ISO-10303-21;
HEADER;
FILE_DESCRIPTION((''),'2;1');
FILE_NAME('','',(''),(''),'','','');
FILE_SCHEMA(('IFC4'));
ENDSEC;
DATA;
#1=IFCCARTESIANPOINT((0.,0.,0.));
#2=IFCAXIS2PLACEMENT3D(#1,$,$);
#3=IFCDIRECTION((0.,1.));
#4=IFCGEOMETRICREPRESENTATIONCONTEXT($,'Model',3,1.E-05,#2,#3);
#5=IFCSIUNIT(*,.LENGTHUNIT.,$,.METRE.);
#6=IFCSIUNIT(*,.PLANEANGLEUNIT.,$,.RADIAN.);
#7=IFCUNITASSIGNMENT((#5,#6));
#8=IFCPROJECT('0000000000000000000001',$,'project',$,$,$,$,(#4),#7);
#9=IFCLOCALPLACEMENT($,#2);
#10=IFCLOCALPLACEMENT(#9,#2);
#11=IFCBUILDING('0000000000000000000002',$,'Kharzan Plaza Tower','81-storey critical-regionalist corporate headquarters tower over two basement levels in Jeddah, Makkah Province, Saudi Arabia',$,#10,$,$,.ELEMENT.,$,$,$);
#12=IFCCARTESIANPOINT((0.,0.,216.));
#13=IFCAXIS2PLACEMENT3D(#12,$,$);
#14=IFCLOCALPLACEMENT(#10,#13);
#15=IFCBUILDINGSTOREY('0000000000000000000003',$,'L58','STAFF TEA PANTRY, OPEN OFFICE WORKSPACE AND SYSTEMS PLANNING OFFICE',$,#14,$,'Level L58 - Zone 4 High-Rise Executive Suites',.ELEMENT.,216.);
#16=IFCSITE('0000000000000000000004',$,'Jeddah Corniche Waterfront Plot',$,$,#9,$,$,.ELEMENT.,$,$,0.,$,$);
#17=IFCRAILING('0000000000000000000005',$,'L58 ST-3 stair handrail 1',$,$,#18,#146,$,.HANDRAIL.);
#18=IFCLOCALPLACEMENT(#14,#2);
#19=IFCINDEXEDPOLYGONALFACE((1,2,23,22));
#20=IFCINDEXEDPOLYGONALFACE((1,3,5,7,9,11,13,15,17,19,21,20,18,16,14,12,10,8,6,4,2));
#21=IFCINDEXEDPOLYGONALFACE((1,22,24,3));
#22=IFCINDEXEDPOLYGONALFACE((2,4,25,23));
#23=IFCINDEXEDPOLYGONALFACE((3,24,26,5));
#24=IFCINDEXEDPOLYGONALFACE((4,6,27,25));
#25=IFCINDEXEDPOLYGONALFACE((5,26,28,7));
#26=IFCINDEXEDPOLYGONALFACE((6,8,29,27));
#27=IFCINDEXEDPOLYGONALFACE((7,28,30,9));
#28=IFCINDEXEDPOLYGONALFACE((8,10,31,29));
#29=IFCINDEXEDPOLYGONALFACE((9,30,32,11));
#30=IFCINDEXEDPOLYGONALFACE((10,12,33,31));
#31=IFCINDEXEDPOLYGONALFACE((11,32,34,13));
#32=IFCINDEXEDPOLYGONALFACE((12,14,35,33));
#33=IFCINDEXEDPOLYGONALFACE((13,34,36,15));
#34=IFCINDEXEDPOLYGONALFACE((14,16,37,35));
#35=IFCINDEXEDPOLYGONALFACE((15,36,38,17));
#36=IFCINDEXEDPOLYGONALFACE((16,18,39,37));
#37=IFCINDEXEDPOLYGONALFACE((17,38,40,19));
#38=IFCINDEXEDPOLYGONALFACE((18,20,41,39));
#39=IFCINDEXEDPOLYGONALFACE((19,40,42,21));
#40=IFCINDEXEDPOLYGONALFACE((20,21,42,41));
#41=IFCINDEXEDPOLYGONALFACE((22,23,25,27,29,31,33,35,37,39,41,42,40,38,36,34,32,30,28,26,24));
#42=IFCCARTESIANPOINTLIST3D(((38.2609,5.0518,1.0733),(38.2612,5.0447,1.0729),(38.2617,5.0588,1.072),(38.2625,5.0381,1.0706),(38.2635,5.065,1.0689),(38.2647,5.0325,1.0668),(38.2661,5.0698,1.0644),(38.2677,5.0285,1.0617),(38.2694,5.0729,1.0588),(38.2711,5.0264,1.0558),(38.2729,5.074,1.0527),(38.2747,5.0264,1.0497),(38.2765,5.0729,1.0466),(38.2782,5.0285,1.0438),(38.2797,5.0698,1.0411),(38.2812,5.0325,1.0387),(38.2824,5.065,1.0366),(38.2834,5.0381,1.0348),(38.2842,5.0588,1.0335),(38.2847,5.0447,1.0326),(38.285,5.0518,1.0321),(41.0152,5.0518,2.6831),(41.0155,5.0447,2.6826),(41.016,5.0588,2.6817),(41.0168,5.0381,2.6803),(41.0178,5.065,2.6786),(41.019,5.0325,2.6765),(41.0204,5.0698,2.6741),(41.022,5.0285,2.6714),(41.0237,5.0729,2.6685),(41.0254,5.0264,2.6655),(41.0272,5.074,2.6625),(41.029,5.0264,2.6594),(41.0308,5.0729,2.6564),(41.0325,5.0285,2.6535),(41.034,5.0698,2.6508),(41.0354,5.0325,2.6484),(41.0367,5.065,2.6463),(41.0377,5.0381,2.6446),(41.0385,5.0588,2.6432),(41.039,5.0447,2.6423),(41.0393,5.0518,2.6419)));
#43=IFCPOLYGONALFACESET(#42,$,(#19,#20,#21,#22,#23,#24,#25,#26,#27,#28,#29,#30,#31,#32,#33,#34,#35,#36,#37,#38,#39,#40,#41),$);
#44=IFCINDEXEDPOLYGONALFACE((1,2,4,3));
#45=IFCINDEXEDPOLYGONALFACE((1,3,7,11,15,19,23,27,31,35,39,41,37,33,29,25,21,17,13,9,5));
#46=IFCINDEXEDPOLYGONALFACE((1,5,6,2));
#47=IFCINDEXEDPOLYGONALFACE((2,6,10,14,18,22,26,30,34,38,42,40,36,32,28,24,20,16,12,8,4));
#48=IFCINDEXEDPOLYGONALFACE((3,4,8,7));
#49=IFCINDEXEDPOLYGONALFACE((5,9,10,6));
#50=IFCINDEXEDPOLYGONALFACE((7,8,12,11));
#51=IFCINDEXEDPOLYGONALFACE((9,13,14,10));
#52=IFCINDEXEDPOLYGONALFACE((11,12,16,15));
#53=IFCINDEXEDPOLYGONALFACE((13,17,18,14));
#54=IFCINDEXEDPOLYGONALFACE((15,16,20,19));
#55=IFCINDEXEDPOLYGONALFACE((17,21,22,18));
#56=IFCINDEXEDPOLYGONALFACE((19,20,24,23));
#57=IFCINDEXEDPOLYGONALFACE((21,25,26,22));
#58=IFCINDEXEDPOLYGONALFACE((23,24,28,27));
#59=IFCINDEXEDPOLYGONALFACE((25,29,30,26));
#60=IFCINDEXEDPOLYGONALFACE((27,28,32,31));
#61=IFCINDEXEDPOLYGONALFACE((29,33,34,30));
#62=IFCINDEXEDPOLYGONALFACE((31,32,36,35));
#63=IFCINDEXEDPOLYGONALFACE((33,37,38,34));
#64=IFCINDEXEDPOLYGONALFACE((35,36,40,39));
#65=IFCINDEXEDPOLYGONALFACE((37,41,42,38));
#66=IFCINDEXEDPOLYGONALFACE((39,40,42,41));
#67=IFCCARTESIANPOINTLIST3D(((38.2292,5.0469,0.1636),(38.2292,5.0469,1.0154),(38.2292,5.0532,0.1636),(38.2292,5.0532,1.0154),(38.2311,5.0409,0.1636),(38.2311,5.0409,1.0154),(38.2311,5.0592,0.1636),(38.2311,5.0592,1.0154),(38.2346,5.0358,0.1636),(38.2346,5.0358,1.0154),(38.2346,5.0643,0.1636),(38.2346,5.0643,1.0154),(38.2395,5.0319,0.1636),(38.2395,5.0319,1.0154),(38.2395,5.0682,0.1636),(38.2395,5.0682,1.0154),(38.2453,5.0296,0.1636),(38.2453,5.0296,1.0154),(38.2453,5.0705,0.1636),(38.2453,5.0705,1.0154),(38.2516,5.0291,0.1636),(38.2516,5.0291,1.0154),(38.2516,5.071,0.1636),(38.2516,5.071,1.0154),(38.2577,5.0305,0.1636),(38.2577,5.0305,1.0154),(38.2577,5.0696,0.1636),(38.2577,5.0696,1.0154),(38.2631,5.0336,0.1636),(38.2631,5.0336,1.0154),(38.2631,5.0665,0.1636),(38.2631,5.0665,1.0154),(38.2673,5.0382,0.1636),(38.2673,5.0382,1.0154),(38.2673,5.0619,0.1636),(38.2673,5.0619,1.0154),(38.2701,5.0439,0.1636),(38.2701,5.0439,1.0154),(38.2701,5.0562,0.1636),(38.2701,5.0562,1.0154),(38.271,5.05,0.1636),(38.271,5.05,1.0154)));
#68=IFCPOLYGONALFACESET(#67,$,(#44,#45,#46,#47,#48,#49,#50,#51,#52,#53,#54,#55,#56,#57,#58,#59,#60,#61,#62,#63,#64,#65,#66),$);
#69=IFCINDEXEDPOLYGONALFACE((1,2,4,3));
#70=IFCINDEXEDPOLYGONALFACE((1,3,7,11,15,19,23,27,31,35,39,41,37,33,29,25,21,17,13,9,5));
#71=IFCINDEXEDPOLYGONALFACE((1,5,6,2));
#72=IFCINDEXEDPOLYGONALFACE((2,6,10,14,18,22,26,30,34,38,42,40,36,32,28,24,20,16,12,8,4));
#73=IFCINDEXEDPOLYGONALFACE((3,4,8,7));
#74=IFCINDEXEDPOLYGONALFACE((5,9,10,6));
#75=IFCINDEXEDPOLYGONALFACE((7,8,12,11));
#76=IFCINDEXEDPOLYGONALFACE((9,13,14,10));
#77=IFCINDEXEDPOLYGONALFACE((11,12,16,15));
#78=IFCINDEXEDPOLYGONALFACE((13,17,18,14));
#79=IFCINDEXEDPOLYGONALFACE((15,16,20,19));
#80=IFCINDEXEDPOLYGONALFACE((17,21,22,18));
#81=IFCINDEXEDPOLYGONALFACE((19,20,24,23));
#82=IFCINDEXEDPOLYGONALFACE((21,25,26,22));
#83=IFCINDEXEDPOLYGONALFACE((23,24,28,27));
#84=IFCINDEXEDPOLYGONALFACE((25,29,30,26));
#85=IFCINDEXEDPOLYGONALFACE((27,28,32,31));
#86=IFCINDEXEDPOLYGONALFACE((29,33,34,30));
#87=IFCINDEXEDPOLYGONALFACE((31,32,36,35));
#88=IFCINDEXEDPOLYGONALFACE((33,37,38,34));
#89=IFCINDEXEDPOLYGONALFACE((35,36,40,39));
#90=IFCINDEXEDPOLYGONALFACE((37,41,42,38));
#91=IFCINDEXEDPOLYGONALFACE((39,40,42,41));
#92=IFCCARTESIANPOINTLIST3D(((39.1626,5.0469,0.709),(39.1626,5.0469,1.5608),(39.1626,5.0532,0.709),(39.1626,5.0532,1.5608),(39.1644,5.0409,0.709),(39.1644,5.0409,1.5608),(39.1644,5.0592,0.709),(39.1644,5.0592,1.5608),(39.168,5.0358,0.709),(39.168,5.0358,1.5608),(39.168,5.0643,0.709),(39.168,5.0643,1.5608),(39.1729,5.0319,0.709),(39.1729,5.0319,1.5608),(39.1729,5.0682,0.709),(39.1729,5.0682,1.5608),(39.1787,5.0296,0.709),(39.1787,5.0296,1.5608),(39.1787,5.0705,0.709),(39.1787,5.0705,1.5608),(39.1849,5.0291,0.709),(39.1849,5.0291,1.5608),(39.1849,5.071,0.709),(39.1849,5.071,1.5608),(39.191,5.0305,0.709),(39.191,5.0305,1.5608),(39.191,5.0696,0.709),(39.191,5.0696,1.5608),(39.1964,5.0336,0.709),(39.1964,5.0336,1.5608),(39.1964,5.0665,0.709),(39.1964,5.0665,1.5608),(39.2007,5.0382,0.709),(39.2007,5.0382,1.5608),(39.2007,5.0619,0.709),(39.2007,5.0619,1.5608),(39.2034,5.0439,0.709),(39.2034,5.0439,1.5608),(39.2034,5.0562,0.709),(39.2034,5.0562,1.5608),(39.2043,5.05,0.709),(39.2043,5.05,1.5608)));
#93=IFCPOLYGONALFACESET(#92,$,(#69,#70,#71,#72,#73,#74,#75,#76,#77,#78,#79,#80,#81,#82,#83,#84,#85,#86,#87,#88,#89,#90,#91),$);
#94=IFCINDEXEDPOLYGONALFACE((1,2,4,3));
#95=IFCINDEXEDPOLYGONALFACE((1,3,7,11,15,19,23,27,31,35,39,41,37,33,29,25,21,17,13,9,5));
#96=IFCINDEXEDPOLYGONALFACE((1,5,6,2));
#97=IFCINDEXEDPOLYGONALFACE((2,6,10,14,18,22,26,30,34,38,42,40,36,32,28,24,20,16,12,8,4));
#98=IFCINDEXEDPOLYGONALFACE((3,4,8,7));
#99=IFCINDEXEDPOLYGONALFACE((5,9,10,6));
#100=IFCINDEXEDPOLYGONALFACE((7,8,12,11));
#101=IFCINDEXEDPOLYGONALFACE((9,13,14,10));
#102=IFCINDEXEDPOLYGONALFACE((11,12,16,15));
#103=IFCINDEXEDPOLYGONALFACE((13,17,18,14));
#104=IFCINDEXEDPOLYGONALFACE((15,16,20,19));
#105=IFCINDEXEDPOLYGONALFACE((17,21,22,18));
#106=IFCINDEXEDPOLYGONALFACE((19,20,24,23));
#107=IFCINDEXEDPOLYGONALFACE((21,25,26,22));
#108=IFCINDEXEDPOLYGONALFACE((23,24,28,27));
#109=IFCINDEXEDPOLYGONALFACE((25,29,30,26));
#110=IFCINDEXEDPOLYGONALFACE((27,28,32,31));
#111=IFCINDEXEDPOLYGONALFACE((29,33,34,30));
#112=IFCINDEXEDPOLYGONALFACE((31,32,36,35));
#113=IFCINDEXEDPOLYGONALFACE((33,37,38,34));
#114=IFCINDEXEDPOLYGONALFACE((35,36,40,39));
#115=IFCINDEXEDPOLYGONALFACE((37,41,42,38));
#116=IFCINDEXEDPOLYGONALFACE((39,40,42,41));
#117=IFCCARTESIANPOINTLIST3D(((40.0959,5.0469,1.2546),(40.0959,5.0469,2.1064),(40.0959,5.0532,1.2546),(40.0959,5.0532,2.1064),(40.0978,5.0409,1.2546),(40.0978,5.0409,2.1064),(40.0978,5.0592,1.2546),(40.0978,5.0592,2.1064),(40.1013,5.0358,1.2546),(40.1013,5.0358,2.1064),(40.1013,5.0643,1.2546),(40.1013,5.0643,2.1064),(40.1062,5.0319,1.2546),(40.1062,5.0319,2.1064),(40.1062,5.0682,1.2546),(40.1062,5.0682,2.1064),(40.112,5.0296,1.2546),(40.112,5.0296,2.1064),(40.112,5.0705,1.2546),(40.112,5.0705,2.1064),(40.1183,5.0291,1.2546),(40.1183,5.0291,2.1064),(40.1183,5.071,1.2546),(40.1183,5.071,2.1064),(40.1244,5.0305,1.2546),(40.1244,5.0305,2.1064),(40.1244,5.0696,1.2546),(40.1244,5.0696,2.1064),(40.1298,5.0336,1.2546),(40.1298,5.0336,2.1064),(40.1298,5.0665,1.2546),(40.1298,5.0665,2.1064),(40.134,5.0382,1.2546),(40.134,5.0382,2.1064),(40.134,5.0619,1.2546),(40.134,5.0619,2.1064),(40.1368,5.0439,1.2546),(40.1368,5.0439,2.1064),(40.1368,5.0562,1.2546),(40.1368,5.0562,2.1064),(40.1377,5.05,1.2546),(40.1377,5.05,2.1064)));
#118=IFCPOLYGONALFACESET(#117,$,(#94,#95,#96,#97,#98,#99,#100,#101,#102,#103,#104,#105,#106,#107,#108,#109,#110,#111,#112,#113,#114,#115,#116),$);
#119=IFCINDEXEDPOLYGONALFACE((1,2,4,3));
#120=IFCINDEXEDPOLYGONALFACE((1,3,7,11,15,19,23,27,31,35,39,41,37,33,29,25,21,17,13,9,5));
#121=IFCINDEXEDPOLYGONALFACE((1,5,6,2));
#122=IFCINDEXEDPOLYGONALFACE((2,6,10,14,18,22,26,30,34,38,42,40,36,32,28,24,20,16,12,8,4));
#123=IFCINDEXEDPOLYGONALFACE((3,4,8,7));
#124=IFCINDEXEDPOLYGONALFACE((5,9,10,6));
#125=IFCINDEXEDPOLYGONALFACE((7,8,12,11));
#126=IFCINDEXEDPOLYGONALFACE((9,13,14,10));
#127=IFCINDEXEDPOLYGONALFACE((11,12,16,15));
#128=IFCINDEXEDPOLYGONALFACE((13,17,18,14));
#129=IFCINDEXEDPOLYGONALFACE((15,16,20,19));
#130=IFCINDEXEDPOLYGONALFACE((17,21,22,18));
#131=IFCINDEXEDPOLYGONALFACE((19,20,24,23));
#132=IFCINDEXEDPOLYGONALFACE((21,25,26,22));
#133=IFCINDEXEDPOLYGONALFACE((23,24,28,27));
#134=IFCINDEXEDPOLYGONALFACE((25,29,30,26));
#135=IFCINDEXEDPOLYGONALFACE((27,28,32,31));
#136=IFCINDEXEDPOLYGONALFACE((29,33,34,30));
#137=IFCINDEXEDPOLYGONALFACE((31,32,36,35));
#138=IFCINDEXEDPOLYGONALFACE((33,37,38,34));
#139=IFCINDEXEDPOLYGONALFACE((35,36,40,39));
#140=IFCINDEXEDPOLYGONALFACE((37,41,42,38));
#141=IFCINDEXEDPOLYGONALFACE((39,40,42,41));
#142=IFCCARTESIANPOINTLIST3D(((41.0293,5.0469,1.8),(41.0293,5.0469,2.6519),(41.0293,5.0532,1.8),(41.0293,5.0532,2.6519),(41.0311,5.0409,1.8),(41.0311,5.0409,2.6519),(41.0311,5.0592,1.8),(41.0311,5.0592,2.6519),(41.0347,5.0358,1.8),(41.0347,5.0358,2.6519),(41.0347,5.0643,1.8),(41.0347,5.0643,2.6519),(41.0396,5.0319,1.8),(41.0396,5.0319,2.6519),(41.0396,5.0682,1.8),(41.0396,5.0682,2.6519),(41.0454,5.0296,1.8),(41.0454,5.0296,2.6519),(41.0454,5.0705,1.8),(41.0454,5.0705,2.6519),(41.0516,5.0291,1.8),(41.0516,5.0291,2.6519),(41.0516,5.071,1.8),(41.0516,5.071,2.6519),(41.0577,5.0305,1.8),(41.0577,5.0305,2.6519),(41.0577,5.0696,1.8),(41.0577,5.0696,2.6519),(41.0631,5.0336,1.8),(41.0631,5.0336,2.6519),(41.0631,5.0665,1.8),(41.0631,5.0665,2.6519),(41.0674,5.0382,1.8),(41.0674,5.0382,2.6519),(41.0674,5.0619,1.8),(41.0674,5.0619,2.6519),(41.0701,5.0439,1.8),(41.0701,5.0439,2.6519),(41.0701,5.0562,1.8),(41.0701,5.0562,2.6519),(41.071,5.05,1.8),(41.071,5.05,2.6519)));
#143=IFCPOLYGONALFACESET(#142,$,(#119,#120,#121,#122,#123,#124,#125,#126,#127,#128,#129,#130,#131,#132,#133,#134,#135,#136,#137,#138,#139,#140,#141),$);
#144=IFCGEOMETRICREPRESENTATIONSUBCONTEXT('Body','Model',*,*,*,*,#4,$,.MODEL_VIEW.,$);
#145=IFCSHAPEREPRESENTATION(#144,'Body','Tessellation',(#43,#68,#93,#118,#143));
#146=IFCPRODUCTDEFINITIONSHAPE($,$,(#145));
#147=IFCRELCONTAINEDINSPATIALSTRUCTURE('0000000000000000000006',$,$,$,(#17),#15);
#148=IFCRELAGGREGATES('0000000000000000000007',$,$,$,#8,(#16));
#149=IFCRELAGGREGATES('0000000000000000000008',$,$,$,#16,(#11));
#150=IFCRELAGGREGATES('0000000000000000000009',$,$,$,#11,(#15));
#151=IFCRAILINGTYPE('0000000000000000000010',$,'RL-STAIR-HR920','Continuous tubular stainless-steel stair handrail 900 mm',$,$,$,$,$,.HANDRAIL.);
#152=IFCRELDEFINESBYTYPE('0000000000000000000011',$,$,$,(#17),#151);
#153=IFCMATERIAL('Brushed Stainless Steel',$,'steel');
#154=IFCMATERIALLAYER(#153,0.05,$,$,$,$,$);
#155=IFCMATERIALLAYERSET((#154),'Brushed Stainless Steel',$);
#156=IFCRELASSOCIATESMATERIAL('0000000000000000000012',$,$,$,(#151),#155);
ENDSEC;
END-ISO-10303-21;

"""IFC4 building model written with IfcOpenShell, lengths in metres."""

from ifc_helpers import new_model, si_unit, direction, frame, origin, origin_2d, place, context, subcontext, project, spatial, circle, extrude, source, transform, mapped, material, layer, layer_set, type_object, element, save


model = new_model("IFC4")

# Units and contexts
model_context = context("Model", 3, precision=1e-05, world=origin(), true_north=direction((0.0, 1.0)))
body_context = subcontext(model_context, "Body", "Model", "MODEL_VIEW")
ifc_project = project(units=[si_unit("LENGTHUNIT", "METRE"), si_unit("PLANEANGLEUNIT", "RADIAN")], contexts=[model_context])

# Site, building, storey
site_placement = place(None, origin())
site = spatial("IfcSite", under=ifc_project, at=site_placement, Name="Jeddah Corniche Waterfront Plot", CompositionType="ELEMENT", RefElevation=0.0)
building_placement = place(site_placement, origin())
building = spatial("IfcBuilding", under=site, at=building_placement, Name="Kharzan Plaza Tower", Description="81-storey critical-regionalist corporate headquarters tower over two basement levels in Jeddah, Makkah Province, Saudi Arabia", CompositionType="ELEMENT")
storey_placement = place(building_placement, frame((0.0, 0.0, 216.0)))
storey = spatial("IfcBuildingStorey", under=building, at=storey_placement, Name="L58", Description="STAFF TEA PANTRY, OPEN OFFICE WORKSPACE AND SYSTEMS PLANNING OFFICE", LongName="Level L58 - Zone 4 High-Rise Executive Suites", CompositionType="ELEMENT", Elevation=216.0)

# Railing
ifc_material_1 = material(Name="Brushed Stainless Steel", Category="steel")
ifc_layer_1 = layer(ifc_material_1, 0.05)
ifc_layer_set_1 = layer_set([ifc_layer_1], Name="Brushed Stainless Steel")
railing_type_1 = type_object("IfcRailingType", Name="RL-STAIR-HR920", Description="Continuous tubular stainless-steel stair handrail 900 mm", PredefinedType="HANDRAIL", material=ifc_layer_set_1)
shared_shape_1 = source(origin(), body_context, "Body", "SweptSolid", [
    extrude(circle(Radius=0.0239, at=origin_2d()), frame((0.0229, 0.0, 0.8892), z_axis=(0.863361, 0.0, 0.504587), x_axis=(0.0, 1.0, 0.0)), (0.0, 0.0, 1.0), 3.1902),
    extrude(circle(Radius=0.021, at=origin_2d()), origin(), (0.0, 0.0, 1.0), 0.8518),
    extrude(circle(Radius=0.021, at=origin_2d()), frame((0.9333, 0.0, 0.5454)), (0.0, 0.0, 1.0), 0.8518),
    extrude(circle(Radius=0.021, at=origin_2d()), frame((1.8667, 0.0, 1.0911)), (0.0, 0.0, 1.0), 0.8518),
    extrude(circle(Radius=0.021, at=origin_2d()), frame((2.8, 0.0, 1.6365)), (0.0, 0.0, 1.0), 0.8518),
])
railing_1_placement = place(storey_placement, frame((38.25, 5.05, 0.1636)))
element("IfcRailing", 1, at=railing_1_placement, inside=storey, type_object=railing_type_1, Name="L58 ST-3 stair handrail 1", PredefinedType="HANDRAIL", context=body_context, shape_type="MappedRepresentation", body=[
    mapped(shared_shape_1, transform((0.0, 0.0, 0.0), x_axis=(1.0, 0.0, 0.0), y_axis=(0.0, 1.0, 0.0), z_axis=(0.0, 0.0, 1.0))),
])

save(model, "model.ifc")
